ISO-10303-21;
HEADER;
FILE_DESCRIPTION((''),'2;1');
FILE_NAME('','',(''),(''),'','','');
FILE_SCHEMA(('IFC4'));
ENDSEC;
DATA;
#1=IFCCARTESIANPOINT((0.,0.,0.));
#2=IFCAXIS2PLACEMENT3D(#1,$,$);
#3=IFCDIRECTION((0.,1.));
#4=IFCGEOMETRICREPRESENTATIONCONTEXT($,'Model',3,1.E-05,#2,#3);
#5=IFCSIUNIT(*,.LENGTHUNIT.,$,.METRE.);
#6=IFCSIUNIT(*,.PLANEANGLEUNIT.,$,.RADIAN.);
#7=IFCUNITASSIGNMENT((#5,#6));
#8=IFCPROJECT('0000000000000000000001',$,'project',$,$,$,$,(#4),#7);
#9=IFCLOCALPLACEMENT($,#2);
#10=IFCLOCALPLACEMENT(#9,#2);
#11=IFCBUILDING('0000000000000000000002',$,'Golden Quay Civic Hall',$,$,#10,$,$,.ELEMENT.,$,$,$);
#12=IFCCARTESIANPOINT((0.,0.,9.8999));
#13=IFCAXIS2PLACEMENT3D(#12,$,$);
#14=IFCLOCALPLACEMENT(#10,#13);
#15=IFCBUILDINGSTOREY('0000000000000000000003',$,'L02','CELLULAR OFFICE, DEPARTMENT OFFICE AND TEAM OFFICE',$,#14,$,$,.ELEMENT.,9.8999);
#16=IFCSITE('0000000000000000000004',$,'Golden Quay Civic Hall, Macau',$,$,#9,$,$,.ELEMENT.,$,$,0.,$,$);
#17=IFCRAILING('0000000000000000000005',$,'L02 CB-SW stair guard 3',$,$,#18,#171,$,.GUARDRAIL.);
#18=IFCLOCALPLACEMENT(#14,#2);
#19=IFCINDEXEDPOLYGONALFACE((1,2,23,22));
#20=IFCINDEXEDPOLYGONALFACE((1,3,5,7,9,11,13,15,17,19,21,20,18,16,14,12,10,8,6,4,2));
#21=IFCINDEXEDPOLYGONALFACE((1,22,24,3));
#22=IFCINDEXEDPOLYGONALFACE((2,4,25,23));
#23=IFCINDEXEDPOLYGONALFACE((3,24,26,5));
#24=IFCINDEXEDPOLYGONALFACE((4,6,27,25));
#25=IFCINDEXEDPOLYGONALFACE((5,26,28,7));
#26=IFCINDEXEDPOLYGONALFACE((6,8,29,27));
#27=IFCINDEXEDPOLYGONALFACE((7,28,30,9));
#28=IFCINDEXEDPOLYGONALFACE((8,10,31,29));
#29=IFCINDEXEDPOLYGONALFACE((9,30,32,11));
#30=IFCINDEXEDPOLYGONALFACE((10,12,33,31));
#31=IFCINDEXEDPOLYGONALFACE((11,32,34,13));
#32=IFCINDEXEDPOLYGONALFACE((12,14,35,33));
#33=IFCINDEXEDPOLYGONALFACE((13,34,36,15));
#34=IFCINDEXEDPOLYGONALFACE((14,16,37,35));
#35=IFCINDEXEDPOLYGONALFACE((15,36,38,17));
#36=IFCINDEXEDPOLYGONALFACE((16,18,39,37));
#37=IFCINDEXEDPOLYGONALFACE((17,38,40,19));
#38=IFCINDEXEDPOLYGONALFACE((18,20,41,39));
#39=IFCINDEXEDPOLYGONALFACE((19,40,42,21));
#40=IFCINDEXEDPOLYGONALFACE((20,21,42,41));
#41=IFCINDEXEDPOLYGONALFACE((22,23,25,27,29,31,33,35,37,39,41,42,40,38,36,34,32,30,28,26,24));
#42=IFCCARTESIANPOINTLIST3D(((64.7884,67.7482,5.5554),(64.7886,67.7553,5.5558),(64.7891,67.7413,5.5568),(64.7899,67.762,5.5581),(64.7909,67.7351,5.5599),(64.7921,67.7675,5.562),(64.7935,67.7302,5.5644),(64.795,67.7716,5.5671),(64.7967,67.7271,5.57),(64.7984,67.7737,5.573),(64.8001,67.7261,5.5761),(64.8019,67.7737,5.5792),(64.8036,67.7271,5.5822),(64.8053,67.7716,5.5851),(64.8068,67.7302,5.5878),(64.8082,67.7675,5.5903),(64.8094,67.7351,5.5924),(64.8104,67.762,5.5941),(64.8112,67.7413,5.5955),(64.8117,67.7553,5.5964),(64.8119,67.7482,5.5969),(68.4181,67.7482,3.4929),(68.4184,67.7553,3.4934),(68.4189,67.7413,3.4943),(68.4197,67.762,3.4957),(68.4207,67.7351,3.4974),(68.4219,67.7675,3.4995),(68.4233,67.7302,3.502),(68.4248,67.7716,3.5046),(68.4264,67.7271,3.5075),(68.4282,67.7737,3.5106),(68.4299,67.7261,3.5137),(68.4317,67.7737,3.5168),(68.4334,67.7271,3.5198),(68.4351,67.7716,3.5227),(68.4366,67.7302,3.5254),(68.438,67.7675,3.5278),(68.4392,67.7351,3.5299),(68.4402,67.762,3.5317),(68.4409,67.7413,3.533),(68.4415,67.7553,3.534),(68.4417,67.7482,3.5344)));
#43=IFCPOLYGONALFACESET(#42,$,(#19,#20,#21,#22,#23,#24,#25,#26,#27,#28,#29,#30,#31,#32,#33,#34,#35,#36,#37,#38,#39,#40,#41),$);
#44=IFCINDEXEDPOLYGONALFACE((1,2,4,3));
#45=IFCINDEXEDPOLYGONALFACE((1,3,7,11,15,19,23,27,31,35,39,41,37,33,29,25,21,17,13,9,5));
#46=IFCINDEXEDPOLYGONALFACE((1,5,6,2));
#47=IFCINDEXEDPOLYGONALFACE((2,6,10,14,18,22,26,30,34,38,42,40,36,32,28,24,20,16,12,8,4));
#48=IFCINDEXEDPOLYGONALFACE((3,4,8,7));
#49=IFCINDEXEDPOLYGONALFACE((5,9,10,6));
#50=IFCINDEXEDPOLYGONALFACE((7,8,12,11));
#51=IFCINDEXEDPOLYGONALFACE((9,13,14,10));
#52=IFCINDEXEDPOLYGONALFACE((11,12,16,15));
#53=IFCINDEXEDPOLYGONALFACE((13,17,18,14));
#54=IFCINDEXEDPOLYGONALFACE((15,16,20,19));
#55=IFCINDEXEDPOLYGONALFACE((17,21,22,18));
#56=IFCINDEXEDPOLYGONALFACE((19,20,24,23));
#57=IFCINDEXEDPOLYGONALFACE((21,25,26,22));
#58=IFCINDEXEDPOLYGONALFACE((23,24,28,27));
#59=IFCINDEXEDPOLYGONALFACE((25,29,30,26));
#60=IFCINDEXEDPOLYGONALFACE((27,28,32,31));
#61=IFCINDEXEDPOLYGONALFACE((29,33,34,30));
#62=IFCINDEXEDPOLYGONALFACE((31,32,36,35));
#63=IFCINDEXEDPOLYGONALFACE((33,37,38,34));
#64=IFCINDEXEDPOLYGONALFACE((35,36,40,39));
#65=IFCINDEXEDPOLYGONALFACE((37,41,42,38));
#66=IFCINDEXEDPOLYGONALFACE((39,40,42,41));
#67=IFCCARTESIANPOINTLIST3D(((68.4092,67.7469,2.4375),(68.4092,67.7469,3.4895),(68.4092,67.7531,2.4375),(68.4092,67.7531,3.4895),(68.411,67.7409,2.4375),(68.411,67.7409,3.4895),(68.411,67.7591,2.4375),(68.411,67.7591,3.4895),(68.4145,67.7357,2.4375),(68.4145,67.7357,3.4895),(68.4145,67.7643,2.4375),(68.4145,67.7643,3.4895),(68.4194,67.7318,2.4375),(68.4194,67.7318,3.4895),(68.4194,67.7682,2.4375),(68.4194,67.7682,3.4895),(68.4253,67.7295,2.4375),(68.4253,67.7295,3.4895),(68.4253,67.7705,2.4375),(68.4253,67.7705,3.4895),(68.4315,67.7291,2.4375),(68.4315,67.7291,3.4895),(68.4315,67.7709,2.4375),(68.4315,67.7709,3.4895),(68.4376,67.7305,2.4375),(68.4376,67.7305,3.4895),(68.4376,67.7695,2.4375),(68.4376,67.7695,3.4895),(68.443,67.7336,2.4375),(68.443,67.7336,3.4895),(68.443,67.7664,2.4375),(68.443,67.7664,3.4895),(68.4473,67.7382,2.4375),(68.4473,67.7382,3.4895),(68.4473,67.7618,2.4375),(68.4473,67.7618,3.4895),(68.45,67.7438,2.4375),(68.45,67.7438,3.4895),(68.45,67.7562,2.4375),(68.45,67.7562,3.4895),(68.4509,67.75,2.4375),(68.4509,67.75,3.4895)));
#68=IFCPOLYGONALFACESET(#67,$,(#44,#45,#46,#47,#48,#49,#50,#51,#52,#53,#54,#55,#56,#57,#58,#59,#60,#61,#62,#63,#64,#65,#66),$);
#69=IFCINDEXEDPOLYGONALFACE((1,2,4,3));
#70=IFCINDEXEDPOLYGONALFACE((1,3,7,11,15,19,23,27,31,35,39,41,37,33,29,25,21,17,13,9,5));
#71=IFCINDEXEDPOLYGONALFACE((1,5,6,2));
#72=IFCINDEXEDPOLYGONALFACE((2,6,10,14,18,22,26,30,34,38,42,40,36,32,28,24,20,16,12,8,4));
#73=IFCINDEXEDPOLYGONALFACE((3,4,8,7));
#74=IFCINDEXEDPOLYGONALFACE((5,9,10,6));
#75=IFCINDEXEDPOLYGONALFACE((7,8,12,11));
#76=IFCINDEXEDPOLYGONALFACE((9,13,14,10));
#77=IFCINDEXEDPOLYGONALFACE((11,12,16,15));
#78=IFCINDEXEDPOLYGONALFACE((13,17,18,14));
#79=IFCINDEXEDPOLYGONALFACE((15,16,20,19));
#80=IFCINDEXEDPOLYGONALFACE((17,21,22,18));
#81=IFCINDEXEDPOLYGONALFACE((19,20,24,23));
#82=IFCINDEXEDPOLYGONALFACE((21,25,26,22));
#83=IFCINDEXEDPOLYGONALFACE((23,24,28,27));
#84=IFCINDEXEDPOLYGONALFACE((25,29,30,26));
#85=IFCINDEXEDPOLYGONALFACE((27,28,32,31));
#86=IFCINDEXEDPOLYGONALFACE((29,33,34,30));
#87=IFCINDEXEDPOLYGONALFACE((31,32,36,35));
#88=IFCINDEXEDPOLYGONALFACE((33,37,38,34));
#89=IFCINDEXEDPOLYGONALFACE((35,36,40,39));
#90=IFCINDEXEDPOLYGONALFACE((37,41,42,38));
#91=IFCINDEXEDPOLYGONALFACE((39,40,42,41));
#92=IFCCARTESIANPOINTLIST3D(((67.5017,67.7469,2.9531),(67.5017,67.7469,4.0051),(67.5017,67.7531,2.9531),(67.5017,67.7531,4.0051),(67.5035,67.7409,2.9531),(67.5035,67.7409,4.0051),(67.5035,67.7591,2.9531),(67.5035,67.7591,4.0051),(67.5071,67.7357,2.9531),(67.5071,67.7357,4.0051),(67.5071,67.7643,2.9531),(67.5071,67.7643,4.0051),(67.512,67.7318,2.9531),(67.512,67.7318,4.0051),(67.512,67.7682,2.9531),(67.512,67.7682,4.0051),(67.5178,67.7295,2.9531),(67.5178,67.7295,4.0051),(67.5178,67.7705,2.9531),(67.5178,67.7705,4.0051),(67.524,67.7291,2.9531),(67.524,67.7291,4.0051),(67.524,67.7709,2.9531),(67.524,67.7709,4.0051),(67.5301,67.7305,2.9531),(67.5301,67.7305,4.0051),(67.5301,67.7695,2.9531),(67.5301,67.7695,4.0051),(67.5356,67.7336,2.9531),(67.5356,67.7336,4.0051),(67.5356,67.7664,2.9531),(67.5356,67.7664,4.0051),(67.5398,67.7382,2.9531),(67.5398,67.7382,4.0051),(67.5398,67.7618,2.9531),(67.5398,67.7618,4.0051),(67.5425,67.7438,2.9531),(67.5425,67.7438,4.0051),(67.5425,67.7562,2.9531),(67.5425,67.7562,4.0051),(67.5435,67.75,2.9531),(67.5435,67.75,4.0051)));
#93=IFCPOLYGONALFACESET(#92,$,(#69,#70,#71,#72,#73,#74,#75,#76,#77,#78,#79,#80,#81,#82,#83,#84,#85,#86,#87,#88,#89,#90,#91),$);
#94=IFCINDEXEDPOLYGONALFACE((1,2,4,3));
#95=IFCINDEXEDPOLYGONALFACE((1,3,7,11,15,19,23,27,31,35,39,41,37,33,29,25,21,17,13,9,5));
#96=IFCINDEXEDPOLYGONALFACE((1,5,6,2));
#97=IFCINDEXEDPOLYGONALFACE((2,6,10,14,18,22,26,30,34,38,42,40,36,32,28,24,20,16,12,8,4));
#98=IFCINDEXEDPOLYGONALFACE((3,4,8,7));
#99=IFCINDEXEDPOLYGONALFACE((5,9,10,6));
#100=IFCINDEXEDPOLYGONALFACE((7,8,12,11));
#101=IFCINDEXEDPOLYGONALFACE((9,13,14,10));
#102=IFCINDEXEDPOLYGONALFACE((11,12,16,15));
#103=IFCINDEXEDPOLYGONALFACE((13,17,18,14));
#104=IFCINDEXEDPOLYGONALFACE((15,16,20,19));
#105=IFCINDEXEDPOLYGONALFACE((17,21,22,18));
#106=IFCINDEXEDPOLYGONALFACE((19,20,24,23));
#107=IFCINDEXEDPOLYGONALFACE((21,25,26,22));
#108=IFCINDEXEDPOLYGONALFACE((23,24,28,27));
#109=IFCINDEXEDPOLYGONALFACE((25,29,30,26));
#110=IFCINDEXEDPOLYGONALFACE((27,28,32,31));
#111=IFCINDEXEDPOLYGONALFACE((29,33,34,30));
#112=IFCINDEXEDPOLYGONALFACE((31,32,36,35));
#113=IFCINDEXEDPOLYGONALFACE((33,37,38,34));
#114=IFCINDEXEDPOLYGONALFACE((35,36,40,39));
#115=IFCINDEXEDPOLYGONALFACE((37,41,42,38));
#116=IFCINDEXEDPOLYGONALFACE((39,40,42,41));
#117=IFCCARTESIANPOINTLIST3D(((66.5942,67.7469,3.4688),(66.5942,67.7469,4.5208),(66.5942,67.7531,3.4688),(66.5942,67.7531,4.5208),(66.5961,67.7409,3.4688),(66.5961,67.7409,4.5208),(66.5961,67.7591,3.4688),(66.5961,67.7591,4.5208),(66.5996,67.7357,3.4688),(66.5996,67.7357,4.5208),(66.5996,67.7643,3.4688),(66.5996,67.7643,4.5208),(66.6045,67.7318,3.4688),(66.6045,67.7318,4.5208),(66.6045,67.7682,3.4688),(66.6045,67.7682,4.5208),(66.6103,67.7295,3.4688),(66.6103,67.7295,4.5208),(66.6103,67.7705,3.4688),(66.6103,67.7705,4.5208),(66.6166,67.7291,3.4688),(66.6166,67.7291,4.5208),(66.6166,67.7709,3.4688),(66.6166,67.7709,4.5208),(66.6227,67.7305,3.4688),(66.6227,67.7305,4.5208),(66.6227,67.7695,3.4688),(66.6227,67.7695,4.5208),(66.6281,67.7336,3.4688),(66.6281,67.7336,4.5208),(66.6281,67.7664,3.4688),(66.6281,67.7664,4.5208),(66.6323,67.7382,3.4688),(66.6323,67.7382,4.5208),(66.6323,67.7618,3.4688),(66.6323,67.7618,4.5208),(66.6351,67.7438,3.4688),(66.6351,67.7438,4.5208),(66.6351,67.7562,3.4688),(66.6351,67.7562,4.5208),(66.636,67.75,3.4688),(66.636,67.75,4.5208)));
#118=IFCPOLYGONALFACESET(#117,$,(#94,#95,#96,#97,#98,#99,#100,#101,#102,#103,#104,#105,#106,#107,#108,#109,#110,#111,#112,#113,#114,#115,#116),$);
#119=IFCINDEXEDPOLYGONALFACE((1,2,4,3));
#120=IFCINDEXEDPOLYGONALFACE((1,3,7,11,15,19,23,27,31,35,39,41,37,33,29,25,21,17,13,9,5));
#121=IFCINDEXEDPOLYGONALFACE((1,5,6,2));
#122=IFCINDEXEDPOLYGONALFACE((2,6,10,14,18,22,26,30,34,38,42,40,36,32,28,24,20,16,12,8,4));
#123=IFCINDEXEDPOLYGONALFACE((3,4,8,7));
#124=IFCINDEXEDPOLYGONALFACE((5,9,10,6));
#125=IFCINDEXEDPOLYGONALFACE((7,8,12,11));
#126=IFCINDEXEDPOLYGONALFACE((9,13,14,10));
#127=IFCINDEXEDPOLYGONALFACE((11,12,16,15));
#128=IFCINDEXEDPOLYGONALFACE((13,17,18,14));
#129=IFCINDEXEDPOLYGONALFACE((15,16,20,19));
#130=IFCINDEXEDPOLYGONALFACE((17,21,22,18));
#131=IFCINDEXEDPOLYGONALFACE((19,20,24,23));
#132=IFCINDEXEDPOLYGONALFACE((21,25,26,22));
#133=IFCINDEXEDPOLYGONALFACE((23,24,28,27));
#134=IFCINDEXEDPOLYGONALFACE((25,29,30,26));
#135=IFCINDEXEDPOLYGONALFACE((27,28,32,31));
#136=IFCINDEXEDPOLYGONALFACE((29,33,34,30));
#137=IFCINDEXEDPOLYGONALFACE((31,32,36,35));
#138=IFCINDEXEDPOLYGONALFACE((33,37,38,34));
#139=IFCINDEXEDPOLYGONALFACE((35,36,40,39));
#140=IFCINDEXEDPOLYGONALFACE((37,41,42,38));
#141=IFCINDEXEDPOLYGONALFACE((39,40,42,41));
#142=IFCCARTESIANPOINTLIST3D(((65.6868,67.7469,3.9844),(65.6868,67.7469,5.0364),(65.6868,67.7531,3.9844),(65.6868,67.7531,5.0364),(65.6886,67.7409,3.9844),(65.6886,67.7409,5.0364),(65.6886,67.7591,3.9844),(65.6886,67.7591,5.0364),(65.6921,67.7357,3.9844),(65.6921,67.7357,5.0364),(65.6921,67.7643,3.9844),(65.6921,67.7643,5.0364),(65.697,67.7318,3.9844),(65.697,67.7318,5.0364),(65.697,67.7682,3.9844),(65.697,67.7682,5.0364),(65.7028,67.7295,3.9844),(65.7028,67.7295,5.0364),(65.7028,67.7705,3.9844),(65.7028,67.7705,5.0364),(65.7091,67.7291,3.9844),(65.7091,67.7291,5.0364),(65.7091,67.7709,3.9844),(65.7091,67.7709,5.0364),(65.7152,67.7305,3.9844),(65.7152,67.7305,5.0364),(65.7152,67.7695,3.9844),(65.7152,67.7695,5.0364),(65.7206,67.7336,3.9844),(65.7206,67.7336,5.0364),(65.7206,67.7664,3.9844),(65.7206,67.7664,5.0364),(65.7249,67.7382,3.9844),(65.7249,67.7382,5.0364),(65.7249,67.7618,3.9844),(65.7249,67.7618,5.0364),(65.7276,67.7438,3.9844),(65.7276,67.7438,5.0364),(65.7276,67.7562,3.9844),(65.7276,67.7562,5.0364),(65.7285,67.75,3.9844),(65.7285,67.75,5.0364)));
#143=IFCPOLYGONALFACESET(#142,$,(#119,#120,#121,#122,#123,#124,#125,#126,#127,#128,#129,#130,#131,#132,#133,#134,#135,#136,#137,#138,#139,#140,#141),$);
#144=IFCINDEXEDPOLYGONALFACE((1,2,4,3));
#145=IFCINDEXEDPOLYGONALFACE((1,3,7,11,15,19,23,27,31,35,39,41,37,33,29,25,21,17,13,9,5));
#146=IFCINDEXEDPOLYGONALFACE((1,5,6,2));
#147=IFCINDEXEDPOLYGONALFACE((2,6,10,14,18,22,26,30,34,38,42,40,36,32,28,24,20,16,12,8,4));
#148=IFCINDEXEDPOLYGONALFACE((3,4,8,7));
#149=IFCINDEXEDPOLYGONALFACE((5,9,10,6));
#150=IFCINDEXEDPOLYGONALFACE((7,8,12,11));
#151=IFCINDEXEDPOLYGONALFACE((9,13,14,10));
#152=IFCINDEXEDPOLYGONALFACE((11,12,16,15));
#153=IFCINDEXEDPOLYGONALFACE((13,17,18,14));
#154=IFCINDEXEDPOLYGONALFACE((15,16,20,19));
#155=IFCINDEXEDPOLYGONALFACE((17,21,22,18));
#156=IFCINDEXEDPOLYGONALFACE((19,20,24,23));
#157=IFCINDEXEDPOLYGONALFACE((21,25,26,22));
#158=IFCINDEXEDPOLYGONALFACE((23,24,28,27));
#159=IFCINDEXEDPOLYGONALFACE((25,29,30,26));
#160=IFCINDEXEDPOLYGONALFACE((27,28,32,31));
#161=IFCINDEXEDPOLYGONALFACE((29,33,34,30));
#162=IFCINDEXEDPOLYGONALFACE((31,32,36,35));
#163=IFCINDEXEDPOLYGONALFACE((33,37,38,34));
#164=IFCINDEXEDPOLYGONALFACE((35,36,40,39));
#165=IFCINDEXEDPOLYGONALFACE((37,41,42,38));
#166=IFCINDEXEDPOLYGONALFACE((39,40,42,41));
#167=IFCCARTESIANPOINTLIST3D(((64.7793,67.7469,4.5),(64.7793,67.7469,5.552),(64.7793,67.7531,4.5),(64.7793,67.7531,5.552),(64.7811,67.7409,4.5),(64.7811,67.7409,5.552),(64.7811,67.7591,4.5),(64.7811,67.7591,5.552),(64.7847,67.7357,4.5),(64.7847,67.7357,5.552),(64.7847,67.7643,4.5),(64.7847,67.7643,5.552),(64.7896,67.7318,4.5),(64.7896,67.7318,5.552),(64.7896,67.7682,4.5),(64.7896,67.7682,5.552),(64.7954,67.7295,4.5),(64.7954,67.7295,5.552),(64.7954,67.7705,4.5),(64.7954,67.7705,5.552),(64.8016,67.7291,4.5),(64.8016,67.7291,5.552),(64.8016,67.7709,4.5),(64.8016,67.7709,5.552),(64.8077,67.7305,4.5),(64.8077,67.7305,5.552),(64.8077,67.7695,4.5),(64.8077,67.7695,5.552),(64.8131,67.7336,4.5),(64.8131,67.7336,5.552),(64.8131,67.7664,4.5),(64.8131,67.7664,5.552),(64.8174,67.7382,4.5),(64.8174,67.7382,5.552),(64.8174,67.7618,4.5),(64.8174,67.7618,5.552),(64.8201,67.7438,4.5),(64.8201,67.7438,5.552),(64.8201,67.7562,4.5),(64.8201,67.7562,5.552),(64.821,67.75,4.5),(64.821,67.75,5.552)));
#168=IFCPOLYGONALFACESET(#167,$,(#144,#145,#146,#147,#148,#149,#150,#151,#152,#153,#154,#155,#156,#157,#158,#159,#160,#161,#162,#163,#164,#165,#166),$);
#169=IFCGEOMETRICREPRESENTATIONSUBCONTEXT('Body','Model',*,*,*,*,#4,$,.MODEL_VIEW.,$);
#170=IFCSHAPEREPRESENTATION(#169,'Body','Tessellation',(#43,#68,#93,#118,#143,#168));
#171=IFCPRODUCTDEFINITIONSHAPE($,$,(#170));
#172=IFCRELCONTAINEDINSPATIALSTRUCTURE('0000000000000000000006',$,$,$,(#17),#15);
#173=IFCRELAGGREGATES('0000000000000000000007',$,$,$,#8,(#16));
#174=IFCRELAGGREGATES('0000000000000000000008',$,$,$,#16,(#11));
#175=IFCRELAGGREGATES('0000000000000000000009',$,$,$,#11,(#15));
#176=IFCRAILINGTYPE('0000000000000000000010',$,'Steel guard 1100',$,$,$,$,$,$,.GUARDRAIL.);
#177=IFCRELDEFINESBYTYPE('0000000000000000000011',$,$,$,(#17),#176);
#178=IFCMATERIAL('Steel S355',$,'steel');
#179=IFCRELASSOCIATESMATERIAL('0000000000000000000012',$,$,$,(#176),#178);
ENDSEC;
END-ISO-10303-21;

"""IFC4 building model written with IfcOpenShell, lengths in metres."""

from ifc_helpers import new_model, si_unit, direction, frame, origin, origin_2d, place, context, subcontext, project, spatial, circle, extrude, material, type_object, element, save


model = new_model("IFC4")

# Units and contexts
model_context = context("Model", 3, precision=1e-05, world=origin(), true_north=direction((0.0, 1.0)))
body_context = subcontext(model_context, "Body", "Model", "MODEL_VIEW")
ifc_project = project(units=[si_unit("LENGTHUNIT", "METRE"), si_unit("PLANEANGLEUNIT", "RADIAN")], contexts=[model_context])

# Site, building, storey
site_placement = place(None, origin())
site = spatial("IfcSite", under=ifc_project, at=site_placement, Name="Golden Quay Civic Hall, Macau", CompositionType="ELEMENT", RefElevation=0.0)
building_placement = place(site_placement, origin())
building = spatial("IfcBuilding", under=site, at=building_placement, Name="Golden Quay Civic Hall", CompositionType="ELEMENT")
storey_placement = place(building_placement, frame((0.0, 0.0, 9.8999)))
storey = spatial("IfcBuildingStorey", under=building, at=storey_placement, Name="L02", Description="CELLULAR OFFICE, DEPARTMENT OFFICE AND TEAM OFFICE", CompositionType="ELEMENT", Elevation=9.8999)

# Railing
ifc_material_1 = material(Name="Steel S355", Category="steel")
railing_type_1 = type_object("IfcRailingType", Name="Steel guard 1100", PredefinedType="GUARDRAIL", material=ifc_material_1)
railing_1_placement = place(storey_placement, frame((68.4299, 67.75, 2.4375)))
element("IfcRailing", 1, at=railing_1_placement, inside=storey, type_object=railing_type_1, Name="L02 CB-SW stair guard 3", PredefinedType="GUARDRAIL", context=body_context, shape_type="SweptSolid", body=[
    extrude(circle(Radius=0.0239, at=origin_2d()), frame((0.0, 0.0, 1.0762), z_axis=(-0.86945, 0.0, 0.494021), x_axis=(0.0, -1.0, 0.0)), (0.0, 0.0, 1.0), 4.1748),
    extrude(circle(Radius=0.021, at=origin_2d()), origin(), (0.0, 0.0, 1.0), 1.052),
    extrude(circle(Radius=0.021, at=origin_2d()), frame((-0.9075, 0.0, 0.5156)), (0.0, 0.0, 1.0), 1.052),
    extrude(circle(Radius=0.021, at=origin_2d()), frame((-1.8149, 0.0, 1.0312)), (0.0, 0.0, 1.0), 1.052),
    extrude(circle(Radius=0.021, at=origin_2d()), frame((-2.7224, 0.0, 1.5469)), (0.0, 0.0, 1.0), 1.052),
    extrude(circle(Radius=0.021, at=origin_2d()), frame((-3.6299, 0.0, 2.0625)), (0.0, 0.0, 1.0), 1.052),
])

save(model, "model.ifc")
